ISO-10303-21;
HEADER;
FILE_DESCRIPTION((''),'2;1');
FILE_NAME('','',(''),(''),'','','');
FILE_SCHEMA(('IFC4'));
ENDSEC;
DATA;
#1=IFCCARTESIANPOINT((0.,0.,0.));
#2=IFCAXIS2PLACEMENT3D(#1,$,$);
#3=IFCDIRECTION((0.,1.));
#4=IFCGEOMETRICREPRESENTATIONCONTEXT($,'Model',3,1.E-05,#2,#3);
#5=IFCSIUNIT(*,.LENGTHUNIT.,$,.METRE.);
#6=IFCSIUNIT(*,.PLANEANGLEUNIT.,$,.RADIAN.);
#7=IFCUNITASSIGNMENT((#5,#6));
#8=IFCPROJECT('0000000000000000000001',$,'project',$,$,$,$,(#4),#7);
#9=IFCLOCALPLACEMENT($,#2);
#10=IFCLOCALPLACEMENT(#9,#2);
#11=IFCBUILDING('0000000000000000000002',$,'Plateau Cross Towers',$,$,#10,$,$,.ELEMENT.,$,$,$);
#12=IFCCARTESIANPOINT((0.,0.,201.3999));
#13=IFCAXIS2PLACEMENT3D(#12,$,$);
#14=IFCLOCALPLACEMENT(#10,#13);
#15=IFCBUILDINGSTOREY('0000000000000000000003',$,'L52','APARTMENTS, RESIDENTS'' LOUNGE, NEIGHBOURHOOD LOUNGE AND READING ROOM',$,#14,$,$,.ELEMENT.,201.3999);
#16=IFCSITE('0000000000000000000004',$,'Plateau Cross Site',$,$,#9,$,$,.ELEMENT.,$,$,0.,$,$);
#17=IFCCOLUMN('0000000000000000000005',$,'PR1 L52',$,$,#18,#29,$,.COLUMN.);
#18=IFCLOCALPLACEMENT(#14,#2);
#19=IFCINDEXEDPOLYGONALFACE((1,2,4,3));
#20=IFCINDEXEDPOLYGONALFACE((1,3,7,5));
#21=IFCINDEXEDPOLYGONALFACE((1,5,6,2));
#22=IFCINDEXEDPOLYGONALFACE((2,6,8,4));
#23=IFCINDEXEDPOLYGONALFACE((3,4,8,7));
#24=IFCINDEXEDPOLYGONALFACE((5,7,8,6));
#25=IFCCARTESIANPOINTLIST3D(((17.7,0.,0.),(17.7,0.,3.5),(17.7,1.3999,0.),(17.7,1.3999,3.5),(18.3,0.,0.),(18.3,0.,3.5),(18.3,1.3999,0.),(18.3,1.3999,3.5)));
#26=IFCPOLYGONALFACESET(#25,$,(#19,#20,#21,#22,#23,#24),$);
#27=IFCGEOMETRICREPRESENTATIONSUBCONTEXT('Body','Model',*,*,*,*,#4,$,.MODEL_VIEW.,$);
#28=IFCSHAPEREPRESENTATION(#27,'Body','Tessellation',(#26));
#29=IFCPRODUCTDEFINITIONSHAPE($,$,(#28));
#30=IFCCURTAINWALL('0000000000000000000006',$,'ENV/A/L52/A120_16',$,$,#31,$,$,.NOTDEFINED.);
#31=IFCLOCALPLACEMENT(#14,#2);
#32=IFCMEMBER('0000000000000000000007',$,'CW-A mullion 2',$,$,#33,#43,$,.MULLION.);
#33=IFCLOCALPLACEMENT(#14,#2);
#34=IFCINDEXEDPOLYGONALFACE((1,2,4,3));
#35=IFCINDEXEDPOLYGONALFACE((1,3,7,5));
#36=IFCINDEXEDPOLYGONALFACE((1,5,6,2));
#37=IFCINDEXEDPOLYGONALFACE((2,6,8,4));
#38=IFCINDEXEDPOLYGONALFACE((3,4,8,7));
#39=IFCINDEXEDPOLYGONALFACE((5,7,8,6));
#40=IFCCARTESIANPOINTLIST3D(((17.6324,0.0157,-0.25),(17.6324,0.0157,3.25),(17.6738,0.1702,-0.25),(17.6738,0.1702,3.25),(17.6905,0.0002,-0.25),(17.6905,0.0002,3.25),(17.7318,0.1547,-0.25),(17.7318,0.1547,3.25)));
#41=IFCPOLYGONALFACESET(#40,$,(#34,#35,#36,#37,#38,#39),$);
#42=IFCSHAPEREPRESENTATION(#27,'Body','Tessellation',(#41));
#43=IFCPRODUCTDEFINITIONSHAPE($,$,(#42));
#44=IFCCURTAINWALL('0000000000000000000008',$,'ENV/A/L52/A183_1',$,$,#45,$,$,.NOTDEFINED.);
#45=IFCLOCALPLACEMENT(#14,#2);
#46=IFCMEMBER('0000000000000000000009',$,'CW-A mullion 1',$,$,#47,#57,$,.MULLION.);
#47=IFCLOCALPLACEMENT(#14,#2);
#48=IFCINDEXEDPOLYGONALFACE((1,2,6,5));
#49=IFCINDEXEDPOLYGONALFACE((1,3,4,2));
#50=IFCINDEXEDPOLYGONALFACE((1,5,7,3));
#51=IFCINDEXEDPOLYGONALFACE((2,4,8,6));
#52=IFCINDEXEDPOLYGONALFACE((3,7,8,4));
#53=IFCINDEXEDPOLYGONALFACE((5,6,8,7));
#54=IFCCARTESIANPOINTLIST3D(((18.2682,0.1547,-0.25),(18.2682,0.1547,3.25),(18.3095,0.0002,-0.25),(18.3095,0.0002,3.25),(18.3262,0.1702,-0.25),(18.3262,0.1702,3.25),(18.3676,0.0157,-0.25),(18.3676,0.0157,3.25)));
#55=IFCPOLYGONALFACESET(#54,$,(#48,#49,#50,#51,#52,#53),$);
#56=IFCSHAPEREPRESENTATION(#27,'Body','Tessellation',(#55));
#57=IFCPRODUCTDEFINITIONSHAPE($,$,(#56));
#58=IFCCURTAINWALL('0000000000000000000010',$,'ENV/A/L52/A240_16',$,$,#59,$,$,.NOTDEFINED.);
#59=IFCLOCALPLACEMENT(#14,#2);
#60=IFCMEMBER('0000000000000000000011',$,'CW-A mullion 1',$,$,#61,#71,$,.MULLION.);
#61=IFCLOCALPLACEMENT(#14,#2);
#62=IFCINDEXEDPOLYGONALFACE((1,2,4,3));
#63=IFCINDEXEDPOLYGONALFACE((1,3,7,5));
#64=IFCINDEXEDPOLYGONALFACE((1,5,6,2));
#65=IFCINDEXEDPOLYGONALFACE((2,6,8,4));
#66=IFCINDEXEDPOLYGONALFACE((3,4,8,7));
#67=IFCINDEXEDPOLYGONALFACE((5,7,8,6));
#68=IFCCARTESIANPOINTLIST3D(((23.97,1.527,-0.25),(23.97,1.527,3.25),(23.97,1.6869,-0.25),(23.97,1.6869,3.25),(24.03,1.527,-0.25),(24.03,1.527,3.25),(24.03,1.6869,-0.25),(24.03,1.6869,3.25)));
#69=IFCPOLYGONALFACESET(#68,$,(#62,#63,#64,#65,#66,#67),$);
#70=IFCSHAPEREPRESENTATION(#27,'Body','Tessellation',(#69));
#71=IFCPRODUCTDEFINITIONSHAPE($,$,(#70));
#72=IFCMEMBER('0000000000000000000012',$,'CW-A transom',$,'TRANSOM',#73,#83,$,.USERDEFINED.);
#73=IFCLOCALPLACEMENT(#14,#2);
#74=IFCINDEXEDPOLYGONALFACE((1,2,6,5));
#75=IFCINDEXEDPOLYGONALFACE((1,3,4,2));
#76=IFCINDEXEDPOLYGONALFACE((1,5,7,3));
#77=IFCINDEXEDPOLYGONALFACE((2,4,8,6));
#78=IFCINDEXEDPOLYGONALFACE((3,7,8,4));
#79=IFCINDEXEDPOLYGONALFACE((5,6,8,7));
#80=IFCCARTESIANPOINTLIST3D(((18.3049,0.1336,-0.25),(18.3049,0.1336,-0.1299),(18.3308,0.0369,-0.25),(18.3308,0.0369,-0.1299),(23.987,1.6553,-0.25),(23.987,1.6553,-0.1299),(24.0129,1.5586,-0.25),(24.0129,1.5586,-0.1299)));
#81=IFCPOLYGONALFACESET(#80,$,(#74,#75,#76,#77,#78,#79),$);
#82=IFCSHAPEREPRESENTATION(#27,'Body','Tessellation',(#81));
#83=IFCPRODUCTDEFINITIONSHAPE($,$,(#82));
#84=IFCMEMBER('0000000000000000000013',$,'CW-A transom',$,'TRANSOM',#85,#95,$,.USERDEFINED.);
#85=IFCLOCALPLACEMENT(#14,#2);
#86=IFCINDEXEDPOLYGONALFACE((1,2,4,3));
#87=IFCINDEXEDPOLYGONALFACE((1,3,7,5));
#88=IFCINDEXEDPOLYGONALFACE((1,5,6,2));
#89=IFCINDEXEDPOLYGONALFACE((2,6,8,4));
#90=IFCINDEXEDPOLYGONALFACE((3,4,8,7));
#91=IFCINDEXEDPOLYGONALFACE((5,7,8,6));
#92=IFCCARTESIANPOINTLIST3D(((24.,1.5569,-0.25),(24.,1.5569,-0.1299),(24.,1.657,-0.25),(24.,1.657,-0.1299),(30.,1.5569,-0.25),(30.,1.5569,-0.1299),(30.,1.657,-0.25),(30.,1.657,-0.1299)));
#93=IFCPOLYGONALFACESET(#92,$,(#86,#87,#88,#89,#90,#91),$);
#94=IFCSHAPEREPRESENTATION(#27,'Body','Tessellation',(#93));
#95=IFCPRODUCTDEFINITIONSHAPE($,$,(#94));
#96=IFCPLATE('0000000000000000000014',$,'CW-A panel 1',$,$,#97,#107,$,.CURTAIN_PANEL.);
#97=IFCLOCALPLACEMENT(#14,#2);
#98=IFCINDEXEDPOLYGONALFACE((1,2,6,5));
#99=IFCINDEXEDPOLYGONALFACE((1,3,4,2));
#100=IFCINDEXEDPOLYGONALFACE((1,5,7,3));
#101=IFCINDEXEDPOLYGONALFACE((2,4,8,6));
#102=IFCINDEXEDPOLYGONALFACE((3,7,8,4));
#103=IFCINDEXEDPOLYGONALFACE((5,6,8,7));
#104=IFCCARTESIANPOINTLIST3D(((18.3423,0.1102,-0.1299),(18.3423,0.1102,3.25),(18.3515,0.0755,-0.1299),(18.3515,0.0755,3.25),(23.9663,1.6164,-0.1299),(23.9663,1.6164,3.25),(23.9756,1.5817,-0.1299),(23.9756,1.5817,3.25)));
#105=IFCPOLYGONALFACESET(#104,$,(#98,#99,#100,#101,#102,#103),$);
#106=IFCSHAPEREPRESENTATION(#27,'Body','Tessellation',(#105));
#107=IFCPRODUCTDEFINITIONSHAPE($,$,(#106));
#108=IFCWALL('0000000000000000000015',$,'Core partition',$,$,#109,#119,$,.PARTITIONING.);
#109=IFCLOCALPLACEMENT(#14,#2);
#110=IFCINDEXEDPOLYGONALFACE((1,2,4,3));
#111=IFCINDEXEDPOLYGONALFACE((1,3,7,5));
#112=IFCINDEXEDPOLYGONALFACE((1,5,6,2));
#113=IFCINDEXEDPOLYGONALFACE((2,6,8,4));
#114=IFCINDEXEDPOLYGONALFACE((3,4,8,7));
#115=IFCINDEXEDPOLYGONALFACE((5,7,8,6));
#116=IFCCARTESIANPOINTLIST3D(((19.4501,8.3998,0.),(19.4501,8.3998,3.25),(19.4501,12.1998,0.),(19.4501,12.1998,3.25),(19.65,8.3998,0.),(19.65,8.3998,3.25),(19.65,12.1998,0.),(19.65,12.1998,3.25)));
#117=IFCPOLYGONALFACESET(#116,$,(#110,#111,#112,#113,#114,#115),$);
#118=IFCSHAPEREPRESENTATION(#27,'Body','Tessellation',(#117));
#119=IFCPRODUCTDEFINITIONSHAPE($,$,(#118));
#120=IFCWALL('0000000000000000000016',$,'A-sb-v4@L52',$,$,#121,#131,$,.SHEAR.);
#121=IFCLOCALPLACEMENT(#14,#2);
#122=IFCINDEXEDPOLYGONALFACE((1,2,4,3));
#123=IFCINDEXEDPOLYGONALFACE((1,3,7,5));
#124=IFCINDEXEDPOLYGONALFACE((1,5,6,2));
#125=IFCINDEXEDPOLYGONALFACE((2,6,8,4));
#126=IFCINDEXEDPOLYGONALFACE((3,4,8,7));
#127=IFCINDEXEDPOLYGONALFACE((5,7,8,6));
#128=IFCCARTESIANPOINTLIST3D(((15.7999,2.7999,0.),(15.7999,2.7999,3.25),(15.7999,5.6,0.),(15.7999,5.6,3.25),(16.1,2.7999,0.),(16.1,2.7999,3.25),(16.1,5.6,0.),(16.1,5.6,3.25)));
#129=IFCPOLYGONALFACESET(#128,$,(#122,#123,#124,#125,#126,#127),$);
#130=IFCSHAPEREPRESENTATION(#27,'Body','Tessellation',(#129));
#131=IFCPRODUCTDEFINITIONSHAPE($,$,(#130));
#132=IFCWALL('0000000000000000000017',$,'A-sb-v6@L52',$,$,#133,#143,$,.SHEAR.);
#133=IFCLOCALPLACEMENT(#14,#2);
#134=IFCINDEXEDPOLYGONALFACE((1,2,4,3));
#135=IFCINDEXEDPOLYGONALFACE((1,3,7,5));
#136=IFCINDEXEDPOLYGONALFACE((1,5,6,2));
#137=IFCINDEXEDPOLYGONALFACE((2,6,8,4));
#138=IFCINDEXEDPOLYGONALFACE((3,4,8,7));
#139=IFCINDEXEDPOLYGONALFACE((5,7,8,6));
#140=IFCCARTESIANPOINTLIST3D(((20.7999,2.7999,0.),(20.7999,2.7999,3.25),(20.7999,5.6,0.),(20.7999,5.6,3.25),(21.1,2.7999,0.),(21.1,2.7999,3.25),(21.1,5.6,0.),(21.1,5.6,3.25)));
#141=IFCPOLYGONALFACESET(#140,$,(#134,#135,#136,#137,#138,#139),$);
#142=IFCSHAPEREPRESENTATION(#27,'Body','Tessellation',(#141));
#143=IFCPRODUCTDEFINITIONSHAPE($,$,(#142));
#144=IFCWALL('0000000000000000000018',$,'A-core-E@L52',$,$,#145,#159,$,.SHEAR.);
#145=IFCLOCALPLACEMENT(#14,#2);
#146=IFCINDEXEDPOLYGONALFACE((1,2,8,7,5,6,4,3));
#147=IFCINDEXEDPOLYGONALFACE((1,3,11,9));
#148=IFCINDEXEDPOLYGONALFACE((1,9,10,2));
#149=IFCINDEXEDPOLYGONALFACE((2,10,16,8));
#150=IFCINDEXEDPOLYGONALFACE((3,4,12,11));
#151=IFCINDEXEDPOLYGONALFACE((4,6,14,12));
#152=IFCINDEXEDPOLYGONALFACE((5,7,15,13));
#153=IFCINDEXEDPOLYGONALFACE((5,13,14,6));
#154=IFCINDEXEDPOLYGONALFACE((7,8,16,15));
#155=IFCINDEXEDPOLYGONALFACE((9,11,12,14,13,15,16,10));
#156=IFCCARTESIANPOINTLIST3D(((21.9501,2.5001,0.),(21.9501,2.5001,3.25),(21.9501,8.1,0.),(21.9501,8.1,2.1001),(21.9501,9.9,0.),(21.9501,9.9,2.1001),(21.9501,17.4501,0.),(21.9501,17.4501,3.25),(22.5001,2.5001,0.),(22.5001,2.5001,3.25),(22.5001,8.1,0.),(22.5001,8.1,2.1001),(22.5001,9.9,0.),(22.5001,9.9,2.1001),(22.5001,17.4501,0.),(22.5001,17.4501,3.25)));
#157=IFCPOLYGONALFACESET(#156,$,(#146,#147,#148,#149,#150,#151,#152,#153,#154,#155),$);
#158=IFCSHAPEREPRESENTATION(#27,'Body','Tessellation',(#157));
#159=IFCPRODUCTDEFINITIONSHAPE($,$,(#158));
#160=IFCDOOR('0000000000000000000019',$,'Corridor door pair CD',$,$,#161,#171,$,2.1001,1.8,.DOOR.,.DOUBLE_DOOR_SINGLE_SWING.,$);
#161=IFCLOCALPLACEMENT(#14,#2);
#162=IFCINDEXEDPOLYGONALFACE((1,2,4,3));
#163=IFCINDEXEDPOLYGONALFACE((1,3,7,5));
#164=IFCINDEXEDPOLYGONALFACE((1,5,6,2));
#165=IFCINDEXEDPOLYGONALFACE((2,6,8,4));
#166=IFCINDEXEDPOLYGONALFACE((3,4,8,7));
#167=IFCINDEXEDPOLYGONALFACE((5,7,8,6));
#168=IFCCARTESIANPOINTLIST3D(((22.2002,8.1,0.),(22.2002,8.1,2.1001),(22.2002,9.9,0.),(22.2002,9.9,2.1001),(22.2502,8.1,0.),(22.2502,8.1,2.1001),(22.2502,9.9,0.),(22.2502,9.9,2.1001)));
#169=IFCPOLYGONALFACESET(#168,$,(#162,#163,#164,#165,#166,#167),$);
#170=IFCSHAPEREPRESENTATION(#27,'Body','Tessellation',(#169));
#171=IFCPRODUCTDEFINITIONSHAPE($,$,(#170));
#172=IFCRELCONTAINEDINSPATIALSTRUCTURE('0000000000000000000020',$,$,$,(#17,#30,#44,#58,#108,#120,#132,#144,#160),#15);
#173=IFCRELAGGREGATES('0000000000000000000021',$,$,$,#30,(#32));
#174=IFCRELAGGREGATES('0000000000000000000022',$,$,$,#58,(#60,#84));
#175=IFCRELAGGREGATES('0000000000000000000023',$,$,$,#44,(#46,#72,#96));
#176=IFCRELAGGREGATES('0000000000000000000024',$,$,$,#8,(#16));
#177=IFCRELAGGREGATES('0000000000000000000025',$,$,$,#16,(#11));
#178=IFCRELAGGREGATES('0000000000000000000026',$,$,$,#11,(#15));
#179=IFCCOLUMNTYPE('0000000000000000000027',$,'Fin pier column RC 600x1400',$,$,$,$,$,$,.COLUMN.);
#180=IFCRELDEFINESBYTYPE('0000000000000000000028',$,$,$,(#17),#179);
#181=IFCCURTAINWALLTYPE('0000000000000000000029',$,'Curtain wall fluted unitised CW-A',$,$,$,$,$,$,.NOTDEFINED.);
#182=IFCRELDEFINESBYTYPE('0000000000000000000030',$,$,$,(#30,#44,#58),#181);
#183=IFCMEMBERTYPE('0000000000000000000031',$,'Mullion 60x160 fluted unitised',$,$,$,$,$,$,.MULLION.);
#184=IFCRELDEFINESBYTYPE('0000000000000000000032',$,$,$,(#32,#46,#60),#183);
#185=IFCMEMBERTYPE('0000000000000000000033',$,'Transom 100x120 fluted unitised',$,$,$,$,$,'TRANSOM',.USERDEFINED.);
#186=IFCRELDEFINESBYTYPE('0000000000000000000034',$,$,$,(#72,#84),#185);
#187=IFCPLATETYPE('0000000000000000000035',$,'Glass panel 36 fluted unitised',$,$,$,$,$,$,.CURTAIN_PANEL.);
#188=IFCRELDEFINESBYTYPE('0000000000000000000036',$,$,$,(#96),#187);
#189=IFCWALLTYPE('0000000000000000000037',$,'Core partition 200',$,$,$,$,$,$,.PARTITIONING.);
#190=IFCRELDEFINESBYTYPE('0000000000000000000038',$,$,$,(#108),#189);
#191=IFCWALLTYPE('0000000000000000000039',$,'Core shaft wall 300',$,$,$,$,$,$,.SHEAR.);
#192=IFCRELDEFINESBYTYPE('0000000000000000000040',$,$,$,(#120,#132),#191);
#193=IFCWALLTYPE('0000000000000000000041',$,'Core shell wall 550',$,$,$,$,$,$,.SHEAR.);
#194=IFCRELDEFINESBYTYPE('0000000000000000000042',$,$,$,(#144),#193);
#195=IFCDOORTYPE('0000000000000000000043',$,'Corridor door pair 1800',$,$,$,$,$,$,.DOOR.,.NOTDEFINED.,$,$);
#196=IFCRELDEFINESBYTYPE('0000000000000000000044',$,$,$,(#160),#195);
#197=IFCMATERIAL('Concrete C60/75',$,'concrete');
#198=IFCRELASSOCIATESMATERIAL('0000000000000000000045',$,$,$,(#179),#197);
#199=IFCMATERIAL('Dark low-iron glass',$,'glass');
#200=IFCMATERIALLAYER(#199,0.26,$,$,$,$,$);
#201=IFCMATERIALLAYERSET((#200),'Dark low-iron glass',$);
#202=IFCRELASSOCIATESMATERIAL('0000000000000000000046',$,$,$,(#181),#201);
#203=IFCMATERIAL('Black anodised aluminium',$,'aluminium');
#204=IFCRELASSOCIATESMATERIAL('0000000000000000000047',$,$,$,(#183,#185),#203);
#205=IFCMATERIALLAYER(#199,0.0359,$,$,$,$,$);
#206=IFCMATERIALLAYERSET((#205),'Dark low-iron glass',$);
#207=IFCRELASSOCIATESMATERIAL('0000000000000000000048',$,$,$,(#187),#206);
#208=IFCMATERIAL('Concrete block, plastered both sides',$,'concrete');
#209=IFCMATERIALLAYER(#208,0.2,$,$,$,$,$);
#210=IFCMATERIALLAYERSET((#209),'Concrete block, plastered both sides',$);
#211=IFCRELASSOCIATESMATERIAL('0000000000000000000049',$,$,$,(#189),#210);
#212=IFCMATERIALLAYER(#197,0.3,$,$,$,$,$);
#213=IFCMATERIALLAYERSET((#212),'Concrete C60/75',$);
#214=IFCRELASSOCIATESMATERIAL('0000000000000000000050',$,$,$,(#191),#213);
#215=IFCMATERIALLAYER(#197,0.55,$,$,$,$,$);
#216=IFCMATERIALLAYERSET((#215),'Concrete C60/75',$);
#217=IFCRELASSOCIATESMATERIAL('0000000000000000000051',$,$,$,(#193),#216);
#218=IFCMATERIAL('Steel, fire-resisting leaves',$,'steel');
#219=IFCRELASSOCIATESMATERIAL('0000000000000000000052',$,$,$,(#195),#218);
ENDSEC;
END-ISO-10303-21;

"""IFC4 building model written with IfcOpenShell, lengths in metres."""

from ifc_helpers import new_model, si_unit, direction, frame, frame_2d, origin, origin_2d, place, context, subcontext, project, spatial, rectangle, extrude, material, layer, layer_set, material_profile, profile_set, type_object, element, fill, aggregate, save


model = new_model("IFC4")

# Units and contexts
model_context = context("Model", 3, precision=1e-05, world=origin(), true_north=direction((0.0, 1.0)))
body_context = subcontext(model_context, "Body", "Model", "MODEL_VIEW")
ifc_project = project(units=[si_unit("LENGTHUNIT", "METRE"), si_unit("PLANEANGLEUNIT", "RADIAN")], contexts=[model_context])

# Site, building, storey
site_placement = place(None, origin())
site = spatial("IfcSite", under=ifc_project, at=site_placement, Name="Plateau Cross Site", CompositionType="ELEMENT", RefElevation=0.0)
building_placement = place(site_placement, origin())
building = spatial("IfcBuilding", under=site, at=building_placement, Name="Plateau Cross Towers", CompositionType="ELEMENT")
storey_placement = place(building_placement, frame((0.0, 0.0, 201.3999)))
storey = spatial("IfcBuildingStorey", under=building, at=storey_placement, Name="L52", Description="APARTMENTS, RESIDENTS' LOUNGE, NEIGHBOURHOOD LOUNGE AND READING ROOM", CompositionType="ELEMENT", Elevation=201.3999)

# Column
ifc_material_1 = material(Name="Concrete C60/75", Category="concrete")
ifc_material_profile_1 = material_profile(ifc_material_1, rectangle(XDim=0.6001, YDim=1.3999, at=origin_2d()), Name="RC 600x1400")
ifc_profile_set_1 = profile_set([ifc_material_profile_1], Name="Concrete C60/75")
column_type = type_object("IfcColumnType", Name="Fin pier column RC 600x1400", PredefinedType="COLUMN", material=ifc_profile_set_1)
column_placement = place(storey_placement, frame((18.0, 0.7, 0.0), z_axis=(0.0, 0.0, 1.0), x_axis=(1.0, 0.0, 0.0)))
element("IfcColumn", 1, at=column_placement, inside=storey, type_object=column_type, Name="PR1 L52", PredefinedType="COLUMN", context=body_context, shape_type="SweptSolid", body=[
    extrude(rectangle(XDim=0.6001, YDim=1.3999, at=origin_2d()), origin(), (0.0, 0.0, 1.0), 3.5),
])

# Curtain walls, members
ifc_material_2 = material(Name="Dark low-iron glass", Category="glass")
ifc_layer_1 = layer(ifc_material_2, 0.26)
ifc_layer_set_1 = layer_set([ifc_layer_1], Name="Dark low-iron glass")
curtain_wall_type = type_object("IfcCurtainWallType", Name="Curtain wall fluted unitised CW-A", PredefinedType="NOTDEFINED", material=ifc_layer_set_1)
curtain_wall_1_placement = place(storey_placement, origin())
curtain_wall_1 = element("IfcCurtainWall", 2, at=curtain_wall_1_placement, inside=storey, type_object=curtain_wall_type, Name="ENV/A/L52/A120_16", PredefinedType="NOTDEFINED")
ifc_material_3 = material(Name="Black anodised aluminium", Category="aluminium")
ifc_material_profile_2 = material_profile(ifc_material_3, rectangle(XDim=0.0601, YDim=0.1599, at=origin_2d()), Name="MULLION 60x160")
ifc_profile_set_2 = profile_set([ifc_material_profile_2], Name="Black anodised aluminium")
member_type_1 = type_object("IfcMemberType", Name="Mullion 60x160 fluted unitised", PredefinedType="MULLION", material=ifc_profile_set_2)
member_1_placement = place(storey_placement, frame((17.6821, 0.0852, -0.25), z_axis=(0.0, 0.0, 1.0), x_axis=(0.965958, -0.258699, 0.0)))
member_1 = element("IfcMember", 3, at=member_1_placement, type_object=member_type_1, Name="CW-A mullion 2", PredefinedType="MULLION", context=body_context, shape_type="SweptSolid", body=[
    extrude(rectangle(XDim=0.0601, YDim=0.1599, at=origin_2d()), origin(), (0.0, 0.0, 1.0), 3.5),
])
aggregate(curtain_wall_1, [member_1])
curtain_wall_2_placement = place(storey_placement, origin())
curtain_wall_2 = element("IfcCurtainWall", 4, at=curtain_wall_2_placement, inside=storey, type_object=curtain_wall_type, Name="ENV/A/L52/A183_1", PredefinedType="NOTDEFINED")
member_2_placement = place(storey_placement, frame((18.3179, 0.0852, -0.25), z_axis=(0.0, 0.0, 1.0), x_axis=(0.965958, 0.258699, 0.0)))
member_2 = element("IfcMember", 5, at=member_2_placement, type_object=member_type_1, Name="CW-A mullion 1", PredefinedType="MULLION", context=body_context, shape_type="SweptSolid", body=[
    extrude(rectangle(XDim=0.0601, YDim=0.1599, at=origin_2d()), origin(), (0.0, 0.0, 1.0), 3.5),
])
curtain_wall_3_placement = place(storey_placement, origin())
curtain_wall_3 = element("IfcCurtainWall", 6, at=curtain_wall_3_placement, inside=storey, type_object=curtain_wall_type, Name="ENV/A/L52/A240_16", PredefinedType="NOTDEFINED")
member_3_placement = place(storey_placement, frame((24.0, 1.6069, -0.25), z_axis=(0.0, 0.0, 1.0), x_axis=(1.0, 0.0, 0.0)))
member_3 = element("IfcMember", 7, at=member_3_placement, type_object=member_type_1, Name="CW-A mullion 1", PredefinedType="MULLION", context=body_context, shape_type="SweptSolid", body=[
    extrude(rectangle(XDim=0.0601, YDim=0.1599, at=origin_2d()), origin(), (0.0, 0.0, 1.0), 3.5),
])

# Members
ifc_material_profile_3 = material_profile(ifc_material_3, rectangle(XDim=0.1001, YDim=0.1201, at=origin_2d()), Name="TRANSOM 100x120")
ifc_profile_set_3 = profile_set([ifc_material_profile_3], Name="Black anodised aluminium")
member_type_2 = type_object("IfcMemberType", Name="Transom 100x120 fluted unitised", ElementType="TRANSOM", PredefinedType="USERDEFINED", material=ifc_profile_set_3)
member_4_placement = place(storey_placement, frame((18.3179, 0.0852, -0.1899), z_axis=(0.96596, 0.258693, 0.0), x_axis=(-0.258693, 0.96596, 0.0)))
member_4 = element("IfcMember", 8, at=member_4_placement, type_object=member_type_2, Name="CW-A transom", ObjectType="TRANSOM", PredefinedType="USERDEFINED", context=body_context, shape_type="SweptSolid", body=[
    extrude(rectangle(XDim=0.1001, YDim=0.1201, at=origin_2d()), origin(), (0.0, 0.0, 1.0), 5.8823),
])
member_5_placement = place(storey_placement, frame((24.0, 1.6069, -0.1899), z_axis=(1.0, 0.0, 0.0), x_axis=(0.0, 1.0, 0.0)))
member_5 = element("IfcMember", 9, at=member_5_placement, type_object=member_type_2, Name="CW-A transom", ObjectType="TRANSOM", PredefinedType="USERDEFINED", context=body_context, shape_type="SweptSolid", body=[
    extrude(rectangle(XDim=0.1001, YDim=0.1201, at=origin_2d()), origin(), (0.0, 0.0, 1.0), 6.0),
])
aggregate(curtain_wall_3, [member_3, member_5])

# Plate
ifc_layer_2 = layer(ifc_material_2, 0.0359)
ifc_layer_set_2 = layer_set([ifc_layer_2], Name="Dark low-iron glass")
plate_type = type_object("IfcPlateType", Name="Glass panel 36 fluted unitised", PredefinedType="CURTAIN_PANEL", material=ifc_layer_set_2)
plate_placement = place(storey_placement, frame((21.1589, 0.8459, -0.1299), z_axis=(0.0, 0.0, 1.0), x_axis=(0.965958, 0.258699, 0.0)))
plate = element("IfcPlate", 10, at=plate_placement, type_object=plate_type, Name="CW-A panel 1", PredefinedType="CURTAIN_PANEL", context=body_context, shape_type="SweptSolid", body=[
    extrude(rectangle(XDim=5.8223, YDim=0.0359, at=origin_2d()), origin(), (0.0, 0.0, 1.0), 3.3799),
])
aggregate(curtain_wall_2, [member_2, member_4, plate])

# Walls
ifc_material_4 = material(Name="Concrete block, plastered both sides", Category="concrete")
ifc_layer_3 = layer(ifc_material_4, 0.2)
ifc_layer_set_3 = layer_set([ifc_layer_3], Name="Concrete block, plastered both sides")
wall_type_1 = type_object("IfcWallType", Name="Core partition 200", PredefinedType="PARTITIONING", material=ifc_layer_set_3)
wall_1_placement = place(storey_placement, frame((19.55, 8.3999, 0.0), z_axis=(0.0, 0.0, 1.0), x_axis=(0.0, 1.0, 0.0)))
element("IfcWall", 11, at=wall_1_placement, inside=storey, type_object=wall_type_1, Name="Core partition", PredefinedType="PARTITIONING", context=body_context, shape_type="SweptSolid", body=[
    extrude(rectangle(XDim=3.8, YDim=0.2, at=frame_2d((1.8999, 0.0))), origin(), (0.0, 0.0, 1.0), 3.25),
])
ifc_layer_4 = layer(ifc_material_1, 0.3)
ifc_layer_set_4 = layer_set([ifc_layer_4], Name="Concrete C60/75")
wall_type_2 = type_object("IfcWallType", Name="Core shaft wall 300", PredefinedType="SHEAR", material=ifc_layer_set_4)
for number, where, z_axis, x_axis, name in (
    (12, (15.95, 2.8, 0.0), (0.0, 0.0, 1.0), (0.0, 1.0, 0.0), "A-sb-v4@L52"),
    (13, (20.95, 2.8, 0.0), (0.0, 0.0, 1.0), (0.0, 1.0, 0.0), "A-sb-v6@L52"),
):
    element("IfcWall", number, at=place(storey_placement, frame(where, z_axis=z_axis, x_axis=x_axis)), inside=storey, type_object=wall_type_2, Name=name, PredefinedType="SHEAR", context=body_context, shape_type="SweptSolid", body=[
        extrude(rectangle(XDim=2.8, YDim=0.3, at=frame_2d((1.3999, 0.0))), origin(), (0.0, 0.0, 1.0), 3.25),
    ])

# Wall, opening, door
ifc_layer_5 = layer(ifc_material_1, 0.55)
ifc_layer_set_5 = layer_set([ifc_layer_5], Name="Concrete C60/75")
wall_type_3 = type_object("IfcWallType", Name="Core shell wall 550", PredefinedType="SHEAR", material=ifc_layer_set_5)
wall_2_placement = place(storey_placement, frame((22.2251, 2.5, 0.0), z_axis=(0.0, 0.0, 1.0), x_axis=(0.0, 1.0, 0.0)))
wall_2 = element("IfcWall", 14, at=wall_2_placement, inside=storey, type_object=wall_type_3, Name="A-core-E@L52", PredefinedType="SHEAR", context=body_context, shape_type="SweptSolid", body=[
    extrude(rectangle(XDim=14.95, YDim=0.55, at=frame_2d((7.4751, 0.0))), origin(), (0.0, 0.0, 1.0), 3.25),
])
opening_1_placement = place(wall_2_placement, frame((5.6001, 0.0, 0.0)))
opening_1 = element("IfcOpeningElement", 15, at=opening_1_placement, cuts=wall_2, PredefinedType="OPENING", context=body_context, shape_type="SweptSolid", body=[
    extrude(rectangle(XDim=1.8, YDim=2.1001, at=frame_2d((0.8999, 1.05))), frame((0.0, 0.2849, 0.0), z_axis=(0.0, -1.0, 0.0), x_axis=(1.0, 0.0, 0.0)), (0.0, 0.0, 1.0), 0.5701),
])
ifc_material_5 = material(Name="Steel, fire-resisting leaves", Category="steel")
door_type_1 = type_object("IfcDoorType", Name="Corridor door pair 1800", OperationType="NOTDEFINED", PredefinedType="DOOR", material=ifc_material_5)
door_1_placement = place(opening_1_placement, origin())
door_1 = element("IfcDoor", 16, at=door_1_placement, inside=storey, type_object=door_type_1, Name="Corridor door pair CD", OperationType="DOUBLE_DOOR_SINGLE_SWING", OverallHeight=2.1001, OverallWidth=1.8, PredefinedType="DOOR", context=body_context, shape_type="SweptSolid", body=[
    extrude(rectangle(XDim=1.8, YDim=2.1001, at=frame_2d((0.8999, 1.05))), frame((0.0, 0.0249, 0.0), z_axis=(0.0, -1.0, 0.0), x_axis=(1.0, 0.0, 0.0)), (0.0, 0.0, 1.0), 0.05),
])
fill(opening_1, door_1)

save(model, "model.ifc")
